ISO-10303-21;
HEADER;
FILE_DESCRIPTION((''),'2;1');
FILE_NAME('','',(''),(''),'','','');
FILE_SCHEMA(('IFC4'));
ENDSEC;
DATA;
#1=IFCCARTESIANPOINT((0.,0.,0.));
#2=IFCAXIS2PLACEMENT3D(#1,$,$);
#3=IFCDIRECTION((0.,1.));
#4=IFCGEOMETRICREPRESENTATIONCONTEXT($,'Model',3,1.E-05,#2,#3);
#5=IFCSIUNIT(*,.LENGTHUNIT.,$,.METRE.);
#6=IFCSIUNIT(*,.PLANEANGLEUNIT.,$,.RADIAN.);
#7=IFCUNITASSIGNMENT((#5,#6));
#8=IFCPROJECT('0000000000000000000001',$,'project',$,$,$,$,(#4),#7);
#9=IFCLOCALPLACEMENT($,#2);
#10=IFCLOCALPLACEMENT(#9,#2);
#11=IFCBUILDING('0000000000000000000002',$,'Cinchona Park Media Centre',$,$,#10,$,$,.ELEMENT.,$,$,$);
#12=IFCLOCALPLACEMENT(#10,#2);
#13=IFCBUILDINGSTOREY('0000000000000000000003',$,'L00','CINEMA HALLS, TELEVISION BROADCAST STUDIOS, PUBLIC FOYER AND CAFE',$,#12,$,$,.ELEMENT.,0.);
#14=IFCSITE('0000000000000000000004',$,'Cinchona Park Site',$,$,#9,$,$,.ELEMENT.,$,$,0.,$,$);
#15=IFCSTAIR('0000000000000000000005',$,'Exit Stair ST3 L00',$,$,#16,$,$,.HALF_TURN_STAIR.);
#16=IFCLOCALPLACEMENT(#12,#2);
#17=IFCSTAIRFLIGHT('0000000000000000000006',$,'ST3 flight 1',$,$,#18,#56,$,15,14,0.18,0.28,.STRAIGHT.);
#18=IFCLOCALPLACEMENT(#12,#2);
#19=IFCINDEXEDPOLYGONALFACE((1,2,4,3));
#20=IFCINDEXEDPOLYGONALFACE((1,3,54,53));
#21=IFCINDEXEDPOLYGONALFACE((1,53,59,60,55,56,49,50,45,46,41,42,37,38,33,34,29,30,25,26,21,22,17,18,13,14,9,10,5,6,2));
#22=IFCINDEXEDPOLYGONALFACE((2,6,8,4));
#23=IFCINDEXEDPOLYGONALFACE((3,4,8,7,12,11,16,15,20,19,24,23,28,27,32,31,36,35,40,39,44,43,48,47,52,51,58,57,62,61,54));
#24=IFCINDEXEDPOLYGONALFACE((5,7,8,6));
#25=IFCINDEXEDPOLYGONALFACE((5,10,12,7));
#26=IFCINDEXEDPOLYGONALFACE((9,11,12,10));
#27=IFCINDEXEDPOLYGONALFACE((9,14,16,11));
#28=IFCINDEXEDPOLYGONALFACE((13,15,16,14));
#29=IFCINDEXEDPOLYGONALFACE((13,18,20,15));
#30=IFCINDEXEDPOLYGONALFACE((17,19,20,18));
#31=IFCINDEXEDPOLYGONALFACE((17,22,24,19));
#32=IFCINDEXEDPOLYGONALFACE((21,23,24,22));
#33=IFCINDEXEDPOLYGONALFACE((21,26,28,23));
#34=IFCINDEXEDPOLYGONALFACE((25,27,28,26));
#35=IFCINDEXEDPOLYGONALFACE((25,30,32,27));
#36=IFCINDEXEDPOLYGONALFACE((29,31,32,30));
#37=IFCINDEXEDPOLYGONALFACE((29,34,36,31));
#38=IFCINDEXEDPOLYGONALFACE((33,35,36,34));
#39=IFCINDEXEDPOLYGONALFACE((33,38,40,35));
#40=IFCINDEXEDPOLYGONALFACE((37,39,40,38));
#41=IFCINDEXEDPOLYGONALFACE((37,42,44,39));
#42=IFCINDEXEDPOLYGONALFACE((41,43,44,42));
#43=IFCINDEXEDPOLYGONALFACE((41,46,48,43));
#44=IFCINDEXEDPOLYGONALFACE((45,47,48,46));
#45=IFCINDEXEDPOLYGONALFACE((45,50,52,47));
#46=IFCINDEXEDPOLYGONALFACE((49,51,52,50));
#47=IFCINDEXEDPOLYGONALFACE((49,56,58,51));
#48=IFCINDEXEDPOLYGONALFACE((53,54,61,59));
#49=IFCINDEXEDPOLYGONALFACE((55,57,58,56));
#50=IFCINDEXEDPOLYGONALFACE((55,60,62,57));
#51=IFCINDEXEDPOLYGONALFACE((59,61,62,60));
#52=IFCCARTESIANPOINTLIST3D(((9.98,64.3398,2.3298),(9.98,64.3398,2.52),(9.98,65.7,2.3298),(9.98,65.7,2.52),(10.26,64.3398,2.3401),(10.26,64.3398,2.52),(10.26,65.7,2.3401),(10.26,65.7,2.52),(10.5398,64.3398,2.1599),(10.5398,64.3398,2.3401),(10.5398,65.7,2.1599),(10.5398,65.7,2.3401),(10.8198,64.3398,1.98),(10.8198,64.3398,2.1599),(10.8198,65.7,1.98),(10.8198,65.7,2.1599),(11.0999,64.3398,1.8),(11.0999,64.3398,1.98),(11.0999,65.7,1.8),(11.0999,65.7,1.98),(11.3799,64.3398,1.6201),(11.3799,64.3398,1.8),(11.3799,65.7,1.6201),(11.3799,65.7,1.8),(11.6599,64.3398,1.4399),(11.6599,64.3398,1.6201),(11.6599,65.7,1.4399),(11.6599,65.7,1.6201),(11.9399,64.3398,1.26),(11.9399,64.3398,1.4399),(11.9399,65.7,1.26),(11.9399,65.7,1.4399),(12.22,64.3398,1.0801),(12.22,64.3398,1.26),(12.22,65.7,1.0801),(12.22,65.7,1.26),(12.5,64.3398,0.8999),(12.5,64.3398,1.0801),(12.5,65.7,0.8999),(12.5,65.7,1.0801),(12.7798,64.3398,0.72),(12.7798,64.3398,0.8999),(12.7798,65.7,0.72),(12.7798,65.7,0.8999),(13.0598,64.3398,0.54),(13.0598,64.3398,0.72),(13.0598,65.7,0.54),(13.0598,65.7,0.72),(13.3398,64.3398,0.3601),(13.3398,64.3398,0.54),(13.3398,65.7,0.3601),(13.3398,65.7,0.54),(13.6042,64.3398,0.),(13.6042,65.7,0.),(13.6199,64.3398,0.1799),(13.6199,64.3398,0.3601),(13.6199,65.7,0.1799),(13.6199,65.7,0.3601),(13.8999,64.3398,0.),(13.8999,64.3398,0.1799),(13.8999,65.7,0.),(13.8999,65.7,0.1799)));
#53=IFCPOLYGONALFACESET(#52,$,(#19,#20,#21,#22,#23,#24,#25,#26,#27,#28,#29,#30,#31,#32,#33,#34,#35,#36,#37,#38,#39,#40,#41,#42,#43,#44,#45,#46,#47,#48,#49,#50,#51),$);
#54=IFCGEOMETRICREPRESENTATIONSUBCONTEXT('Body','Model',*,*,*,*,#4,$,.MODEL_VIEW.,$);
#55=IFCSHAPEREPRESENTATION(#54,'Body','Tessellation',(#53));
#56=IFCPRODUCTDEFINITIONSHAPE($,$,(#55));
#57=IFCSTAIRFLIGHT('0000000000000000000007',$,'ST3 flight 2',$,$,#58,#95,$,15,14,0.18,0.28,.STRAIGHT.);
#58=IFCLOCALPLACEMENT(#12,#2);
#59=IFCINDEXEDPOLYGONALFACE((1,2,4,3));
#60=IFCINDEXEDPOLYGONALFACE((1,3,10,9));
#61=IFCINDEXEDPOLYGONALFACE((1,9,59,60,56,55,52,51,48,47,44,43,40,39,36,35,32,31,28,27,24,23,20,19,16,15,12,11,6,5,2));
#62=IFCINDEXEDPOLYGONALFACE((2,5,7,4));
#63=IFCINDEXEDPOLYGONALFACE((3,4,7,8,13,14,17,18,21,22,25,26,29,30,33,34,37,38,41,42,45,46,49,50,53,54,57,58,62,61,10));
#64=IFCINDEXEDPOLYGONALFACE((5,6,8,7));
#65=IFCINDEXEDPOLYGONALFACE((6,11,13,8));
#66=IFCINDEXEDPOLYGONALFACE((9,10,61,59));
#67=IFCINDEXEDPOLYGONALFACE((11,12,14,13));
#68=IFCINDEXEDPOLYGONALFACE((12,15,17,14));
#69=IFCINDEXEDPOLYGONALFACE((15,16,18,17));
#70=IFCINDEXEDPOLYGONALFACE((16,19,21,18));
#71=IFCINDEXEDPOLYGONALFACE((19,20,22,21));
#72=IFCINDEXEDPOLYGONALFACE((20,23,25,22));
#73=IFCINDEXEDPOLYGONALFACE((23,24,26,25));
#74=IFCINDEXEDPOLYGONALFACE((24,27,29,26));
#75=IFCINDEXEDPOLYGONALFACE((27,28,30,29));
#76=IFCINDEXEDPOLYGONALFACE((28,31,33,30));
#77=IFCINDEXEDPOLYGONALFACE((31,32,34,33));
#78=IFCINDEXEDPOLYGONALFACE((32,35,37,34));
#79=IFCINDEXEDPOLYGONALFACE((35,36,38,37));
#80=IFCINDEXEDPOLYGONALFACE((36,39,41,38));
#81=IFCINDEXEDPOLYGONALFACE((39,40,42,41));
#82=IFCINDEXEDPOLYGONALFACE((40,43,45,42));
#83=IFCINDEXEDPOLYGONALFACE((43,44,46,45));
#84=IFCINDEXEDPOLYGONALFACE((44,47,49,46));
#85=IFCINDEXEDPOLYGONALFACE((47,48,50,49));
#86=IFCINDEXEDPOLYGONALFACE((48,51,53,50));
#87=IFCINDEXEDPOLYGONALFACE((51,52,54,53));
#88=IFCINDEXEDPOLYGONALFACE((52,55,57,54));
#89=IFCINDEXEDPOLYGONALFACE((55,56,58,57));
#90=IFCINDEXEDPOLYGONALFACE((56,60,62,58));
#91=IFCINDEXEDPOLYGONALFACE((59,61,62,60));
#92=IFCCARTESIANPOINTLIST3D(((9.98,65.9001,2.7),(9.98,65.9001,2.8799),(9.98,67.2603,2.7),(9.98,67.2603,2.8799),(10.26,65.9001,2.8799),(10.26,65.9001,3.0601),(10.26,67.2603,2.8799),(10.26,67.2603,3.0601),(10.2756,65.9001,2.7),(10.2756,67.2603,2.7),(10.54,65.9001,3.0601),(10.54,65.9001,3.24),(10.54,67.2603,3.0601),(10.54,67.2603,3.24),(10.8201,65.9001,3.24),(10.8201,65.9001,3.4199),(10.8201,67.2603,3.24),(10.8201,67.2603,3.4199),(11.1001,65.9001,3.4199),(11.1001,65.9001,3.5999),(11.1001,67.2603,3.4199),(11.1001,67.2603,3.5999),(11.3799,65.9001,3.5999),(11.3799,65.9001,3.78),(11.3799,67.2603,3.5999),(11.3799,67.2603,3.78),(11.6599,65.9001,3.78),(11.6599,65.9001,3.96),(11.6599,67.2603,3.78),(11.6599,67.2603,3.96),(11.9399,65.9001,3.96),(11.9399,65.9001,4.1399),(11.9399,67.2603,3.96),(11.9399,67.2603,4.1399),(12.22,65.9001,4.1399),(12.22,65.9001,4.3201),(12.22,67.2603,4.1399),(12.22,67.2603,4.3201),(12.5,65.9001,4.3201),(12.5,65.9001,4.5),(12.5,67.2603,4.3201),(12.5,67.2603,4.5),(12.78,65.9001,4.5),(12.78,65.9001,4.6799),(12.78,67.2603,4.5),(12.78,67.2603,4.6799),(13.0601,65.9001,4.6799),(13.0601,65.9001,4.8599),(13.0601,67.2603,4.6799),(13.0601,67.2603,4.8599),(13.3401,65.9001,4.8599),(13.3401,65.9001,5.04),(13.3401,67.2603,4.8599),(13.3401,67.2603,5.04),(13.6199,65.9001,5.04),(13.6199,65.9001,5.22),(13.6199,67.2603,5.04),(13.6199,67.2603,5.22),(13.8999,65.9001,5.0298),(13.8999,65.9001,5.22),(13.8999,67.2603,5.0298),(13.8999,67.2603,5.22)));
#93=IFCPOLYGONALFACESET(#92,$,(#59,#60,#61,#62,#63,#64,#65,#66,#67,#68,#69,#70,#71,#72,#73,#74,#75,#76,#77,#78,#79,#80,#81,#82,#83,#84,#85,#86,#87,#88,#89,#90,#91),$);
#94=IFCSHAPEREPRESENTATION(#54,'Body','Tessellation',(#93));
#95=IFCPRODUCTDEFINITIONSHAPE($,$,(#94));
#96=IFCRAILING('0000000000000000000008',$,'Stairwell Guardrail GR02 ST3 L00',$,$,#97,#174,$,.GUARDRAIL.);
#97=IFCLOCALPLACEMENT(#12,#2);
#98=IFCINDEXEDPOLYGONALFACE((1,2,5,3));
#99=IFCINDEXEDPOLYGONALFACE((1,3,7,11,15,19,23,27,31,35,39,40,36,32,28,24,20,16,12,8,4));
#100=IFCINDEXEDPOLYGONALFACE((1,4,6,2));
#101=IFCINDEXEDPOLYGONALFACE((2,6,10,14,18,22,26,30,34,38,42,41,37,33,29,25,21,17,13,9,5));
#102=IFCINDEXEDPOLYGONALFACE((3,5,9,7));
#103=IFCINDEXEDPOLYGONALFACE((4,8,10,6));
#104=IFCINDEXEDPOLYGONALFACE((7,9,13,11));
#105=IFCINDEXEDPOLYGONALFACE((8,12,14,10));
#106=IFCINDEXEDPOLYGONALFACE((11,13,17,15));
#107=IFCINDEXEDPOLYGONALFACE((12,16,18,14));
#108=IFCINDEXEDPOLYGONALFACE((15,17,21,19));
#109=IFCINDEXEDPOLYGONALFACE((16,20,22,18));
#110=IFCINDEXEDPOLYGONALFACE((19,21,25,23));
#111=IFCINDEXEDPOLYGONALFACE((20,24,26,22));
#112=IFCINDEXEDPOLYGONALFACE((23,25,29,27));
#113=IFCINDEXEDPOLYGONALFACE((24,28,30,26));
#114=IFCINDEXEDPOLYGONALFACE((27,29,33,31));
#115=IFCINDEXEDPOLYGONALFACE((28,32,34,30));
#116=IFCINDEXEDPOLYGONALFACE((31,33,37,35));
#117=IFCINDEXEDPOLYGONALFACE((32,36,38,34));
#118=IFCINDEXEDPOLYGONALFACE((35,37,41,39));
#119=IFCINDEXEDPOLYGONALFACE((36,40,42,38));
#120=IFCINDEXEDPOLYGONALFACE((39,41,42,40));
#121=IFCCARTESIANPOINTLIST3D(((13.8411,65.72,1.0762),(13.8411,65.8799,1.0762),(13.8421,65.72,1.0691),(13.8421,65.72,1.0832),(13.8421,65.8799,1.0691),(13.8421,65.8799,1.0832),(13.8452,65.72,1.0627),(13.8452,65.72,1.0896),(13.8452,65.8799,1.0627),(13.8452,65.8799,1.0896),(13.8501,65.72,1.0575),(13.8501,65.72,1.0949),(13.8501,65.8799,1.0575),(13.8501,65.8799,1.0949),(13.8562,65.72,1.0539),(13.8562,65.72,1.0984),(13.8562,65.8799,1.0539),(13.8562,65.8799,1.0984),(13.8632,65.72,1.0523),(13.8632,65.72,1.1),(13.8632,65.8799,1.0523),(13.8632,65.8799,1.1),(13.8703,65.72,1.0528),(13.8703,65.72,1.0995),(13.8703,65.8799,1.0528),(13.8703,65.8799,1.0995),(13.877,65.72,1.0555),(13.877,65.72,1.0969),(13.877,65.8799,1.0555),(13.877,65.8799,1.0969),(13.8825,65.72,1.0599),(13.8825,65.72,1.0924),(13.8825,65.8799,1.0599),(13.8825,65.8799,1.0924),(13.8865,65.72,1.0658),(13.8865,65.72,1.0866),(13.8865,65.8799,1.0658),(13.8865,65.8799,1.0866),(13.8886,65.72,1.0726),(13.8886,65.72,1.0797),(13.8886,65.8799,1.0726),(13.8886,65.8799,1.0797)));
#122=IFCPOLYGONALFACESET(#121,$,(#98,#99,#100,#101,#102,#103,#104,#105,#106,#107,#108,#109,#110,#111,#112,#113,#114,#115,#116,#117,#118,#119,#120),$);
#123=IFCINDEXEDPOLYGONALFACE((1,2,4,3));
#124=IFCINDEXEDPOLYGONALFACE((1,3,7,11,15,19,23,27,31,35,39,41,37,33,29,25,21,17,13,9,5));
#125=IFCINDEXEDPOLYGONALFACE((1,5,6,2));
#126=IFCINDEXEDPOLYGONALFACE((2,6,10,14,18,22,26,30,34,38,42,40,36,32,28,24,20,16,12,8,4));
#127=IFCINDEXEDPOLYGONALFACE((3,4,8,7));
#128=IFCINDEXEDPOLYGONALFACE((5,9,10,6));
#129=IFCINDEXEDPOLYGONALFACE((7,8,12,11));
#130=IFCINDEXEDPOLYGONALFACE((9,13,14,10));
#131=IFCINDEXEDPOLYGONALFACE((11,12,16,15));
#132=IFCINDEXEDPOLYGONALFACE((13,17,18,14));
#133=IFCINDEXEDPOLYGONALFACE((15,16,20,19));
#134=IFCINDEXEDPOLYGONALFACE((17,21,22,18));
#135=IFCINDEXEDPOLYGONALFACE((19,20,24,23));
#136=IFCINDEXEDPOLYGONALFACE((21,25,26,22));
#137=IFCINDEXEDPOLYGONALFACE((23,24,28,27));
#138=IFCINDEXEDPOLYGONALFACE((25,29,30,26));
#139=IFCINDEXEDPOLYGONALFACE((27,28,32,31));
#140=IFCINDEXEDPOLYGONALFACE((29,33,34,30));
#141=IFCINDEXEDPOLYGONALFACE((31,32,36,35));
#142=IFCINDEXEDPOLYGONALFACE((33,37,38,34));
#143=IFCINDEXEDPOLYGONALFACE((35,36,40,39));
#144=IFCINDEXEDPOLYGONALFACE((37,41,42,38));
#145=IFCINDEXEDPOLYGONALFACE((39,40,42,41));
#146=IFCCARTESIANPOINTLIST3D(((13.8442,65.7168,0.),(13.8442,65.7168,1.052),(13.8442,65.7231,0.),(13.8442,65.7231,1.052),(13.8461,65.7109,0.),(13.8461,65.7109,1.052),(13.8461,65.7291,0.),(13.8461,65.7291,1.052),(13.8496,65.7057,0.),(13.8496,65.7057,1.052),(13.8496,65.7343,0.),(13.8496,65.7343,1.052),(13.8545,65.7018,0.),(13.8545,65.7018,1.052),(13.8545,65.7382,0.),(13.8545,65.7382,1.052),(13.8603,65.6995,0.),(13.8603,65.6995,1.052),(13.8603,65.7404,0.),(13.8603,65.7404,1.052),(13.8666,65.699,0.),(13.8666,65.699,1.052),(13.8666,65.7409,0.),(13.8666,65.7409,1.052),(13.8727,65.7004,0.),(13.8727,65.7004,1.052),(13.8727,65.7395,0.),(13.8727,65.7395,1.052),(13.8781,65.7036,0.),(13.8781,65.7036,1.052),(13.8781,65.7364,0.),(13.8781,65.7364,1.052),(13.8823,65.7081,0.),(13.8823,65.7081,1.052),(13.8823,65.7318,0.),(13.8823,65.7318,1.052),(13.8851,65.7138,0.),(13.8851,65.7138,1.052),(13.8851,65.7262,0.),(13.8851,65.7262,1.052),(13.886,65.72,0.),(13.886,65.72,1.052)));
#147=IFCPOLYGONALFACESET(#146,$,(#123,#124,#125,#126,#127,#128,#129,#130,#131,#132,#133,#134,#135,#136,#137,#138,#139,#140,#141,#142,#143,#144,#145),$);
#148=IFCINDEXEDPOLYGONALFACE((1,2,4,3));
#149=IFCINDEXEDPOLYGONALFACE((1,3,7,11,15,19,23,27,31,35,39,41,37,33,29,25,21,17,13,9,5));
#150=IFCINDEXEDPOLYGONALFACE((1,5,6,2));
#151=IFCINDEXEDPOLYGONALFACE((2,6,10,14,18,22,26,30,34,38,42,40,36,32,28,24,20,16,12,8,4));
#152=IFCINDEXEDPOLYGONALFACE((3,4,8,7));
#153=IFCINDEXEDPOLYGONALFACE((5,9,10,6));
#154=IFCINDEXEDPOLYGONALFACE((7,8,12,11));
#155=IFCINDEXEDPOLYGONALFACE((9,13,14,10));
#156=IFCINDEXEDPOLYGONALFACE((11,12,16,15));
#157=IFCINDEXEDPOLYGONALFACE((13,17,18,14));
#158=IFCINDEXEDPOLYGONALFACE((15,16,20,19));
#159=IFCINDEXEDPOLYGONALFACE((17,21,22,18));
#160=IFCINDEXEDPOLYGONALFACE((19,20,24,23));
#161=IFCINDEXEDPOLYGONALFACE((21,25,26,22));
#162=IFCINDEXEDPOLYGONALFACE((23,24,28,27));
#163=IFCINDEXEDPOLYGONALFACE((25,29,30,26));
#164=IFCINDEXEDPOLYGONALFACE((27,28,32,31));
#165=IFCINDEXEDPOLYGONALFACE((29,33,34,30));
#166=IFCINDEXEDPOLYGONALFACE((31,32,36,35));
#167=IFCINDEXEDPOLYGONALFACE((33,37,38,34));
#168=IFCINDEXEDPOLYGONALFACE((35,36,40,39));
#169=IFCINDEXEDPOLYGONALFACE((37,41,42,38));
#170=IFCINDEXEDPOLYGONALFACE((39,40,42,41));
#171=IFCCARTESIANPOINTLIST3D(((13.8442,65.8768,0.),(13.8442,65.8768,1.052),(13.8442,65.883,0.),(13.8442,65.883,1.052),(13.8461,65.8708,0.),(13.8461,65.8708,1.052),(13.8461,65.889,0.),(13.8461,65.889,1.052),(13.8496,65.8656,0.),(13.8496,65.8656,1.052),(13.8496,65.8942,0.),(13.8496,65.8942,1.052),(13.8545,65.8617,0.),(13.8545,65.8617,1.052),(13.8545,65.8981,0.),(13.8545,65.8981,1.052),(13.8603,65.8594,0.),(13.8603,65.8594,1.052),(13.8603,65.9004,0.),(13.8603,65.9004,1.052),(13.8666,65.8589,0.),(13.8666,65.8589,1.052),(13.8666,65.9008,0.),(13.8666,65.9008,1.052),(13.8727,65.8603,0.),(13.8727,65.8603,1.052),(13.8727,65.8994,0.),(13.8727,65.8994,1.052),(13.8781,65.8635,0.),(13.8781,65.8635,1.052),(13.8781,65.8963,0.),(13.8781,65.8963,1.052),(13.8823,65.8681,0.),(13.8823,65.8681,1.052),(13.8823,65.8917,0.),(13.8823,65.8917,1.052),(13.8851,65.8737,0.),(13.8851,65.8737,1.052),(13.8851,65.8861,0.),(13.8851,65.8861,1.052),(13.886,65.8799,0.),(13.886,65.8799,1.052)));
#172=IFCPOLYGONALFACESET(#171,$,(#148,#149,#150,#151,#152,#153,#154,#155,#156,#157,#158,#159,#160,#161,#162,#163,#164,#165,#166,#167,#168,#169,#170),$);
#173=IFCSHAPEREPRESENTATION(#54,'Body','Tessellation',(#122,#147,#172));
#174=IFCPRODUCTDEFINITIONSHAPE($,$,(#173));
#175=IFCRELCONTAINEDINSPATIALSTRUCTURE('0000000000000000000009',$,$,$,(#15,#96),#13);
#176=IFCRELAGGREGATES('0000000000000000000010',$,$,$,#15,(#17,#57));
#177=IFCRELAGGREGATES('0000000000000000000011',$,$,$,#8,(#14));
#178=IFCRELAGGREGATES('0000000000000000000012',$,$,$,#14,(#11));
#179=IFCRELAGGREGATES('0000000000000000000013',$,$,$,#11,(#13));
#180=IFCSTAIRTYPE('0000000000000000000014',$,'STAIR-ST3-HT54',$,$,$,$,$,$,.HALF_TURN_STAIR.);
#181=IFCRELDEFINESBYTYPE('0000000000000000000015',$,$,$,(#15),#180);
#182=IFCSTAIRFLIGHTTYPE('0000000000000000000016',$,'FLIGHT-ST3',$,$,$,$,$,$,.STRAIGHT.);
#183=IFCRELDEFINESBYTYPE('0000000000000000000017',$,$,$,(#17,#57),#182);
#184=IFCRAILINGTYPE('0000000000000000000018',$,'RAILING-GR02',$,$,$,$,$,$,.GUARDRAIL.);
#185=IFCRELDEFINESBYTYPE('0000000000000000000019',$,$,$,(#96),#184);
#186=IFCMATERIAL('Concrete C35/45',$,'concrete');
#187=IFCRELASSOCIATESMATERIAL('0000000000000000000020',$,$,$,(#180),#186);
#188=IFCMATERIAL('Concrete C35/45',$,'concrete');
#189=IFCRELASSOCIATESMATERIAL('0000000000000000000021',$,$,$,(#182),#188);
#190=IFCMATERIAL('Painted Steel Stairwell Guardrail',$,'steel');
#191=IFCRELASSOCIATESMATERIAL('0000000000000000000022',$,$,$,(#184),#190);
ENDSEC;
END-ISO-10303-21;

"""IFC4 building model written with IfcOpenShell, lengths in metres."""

from ifc_helpers import new_model, si_unit, direction, frame, origin, origin_2d, place, context, subcontext, project, spatial, polyline, circle, outline, extrude, material, type_object, element, aggregate, save


model = new_model("IFC4")

# Units and contexts
model_context = context("Model", 3, precision=1e-05, world=origin(), true_north=direction((0.0, 1.0)))
body_context = subcontext(model_context, "Body", "Model", "MODEL_VIEW")
ifc_project = project(units=[si_unit("LENGTHUNIT", "METRE"), si_unit("PLANEANGLEUNIT", "RADIAN")], contexts=[model_context])

# Site, building, storey
site_placement = place(None, origin())
site = spatial("IfcSite", under=ifc_project, at=site_placement, Name="Cinchona Park Site", CompositionType="ELEMENT", RefElevation=0.0)
building_placement = place(site_placement, origin())
building = spatial("IfcBuilding", under=site, at=building_placement, Name="Cinchona Park Media Centre", CompositionType="ELEMENT")
storey_placement = place(building_placement, origin())
storey = spatial("IfcBuildingStorey", under=building, at=storey_placement, Name="L00", Description="CINEMA HALLS, TELEVISION BROADCAST STUDIOS, PUBLIC FOYER AND CAFE", CompositionType="ELEMENT", Elevation=0.0)

# Stair, stair flights
ifc_material_1 = material(Name="Concrete C35/45", Category="concrete")
stair_type = type_object("IfcStairType", Name="STAIR-ST3-HT54", PredefinedType="HALF_TURN_STAIR", material=ifc_material_1)
stair_placement = place(storey_placement, origin())
stair = element("IfcStair", 1, at=stair_placement, inside=storey, type_object=stair_type, Name="Exit Stair ST3 L00", PredefinedType="HALF_TURN_STAIR")
ifc_material_2 = material(Name="Concrete C35/45", Category="concrete")
stair_flight_type = type_object("IfcStairFlightType", Name="FLIGHT-ST3", PredefinedType="STRAIGHT", material=ifc_material_2)
stair_flight_1_placement = place(storey_placement, frame((13.8999, 65.02, 0.0), z_axis=(0.0, 0.0, 1.0), x_axis=(-1.0, 0.0, 0.0)))
stair_flight_1 = element("IfcStairFlight", 2, at=stair_flight_1_placement, type_object=stair_flight_type, Name="ST3 flight 1", NumberOfRisers=15, NumberOfTreads=14, PredefinedType="STRAIGHT", RiserHeight=0.18, TreadLength=0.28, context=body_context, shape_type="SweptSolid", body=[
    extrude(outline(polyline([(0.0, 0.0), (0.0, 0.1799), (0.28, 0.1799), (0.28, 0.3601), (0.5601, 0.3601), (0.5601, 0.54), (0.8401, 0.54), (0.8401, 0.72), (1.1201, 0.72), (1.1201, 0.8999), (1.3999, 0.8999), (1.3999, 1.0801), (1.6799, 1.0801), (1.6799, 1.26), (1.96, 1.26), (1.96, 1.4399), (2.24, 1.4399), (2.24, 1.6201), (2.52, 1.6201), (2.52, 1.8), (2.8, 1.8), (2.8, 1.98), (3.0801, 1.98), (3.0801, 2.1599), (3.3601, 2.1599), (3.3601, 2.3401), (3.6399, 2.3401), (3.6399, 2.52), (3.9199, 2.52), (3.9199, 2.7), (3.9199, 2.3298), (0.2957, 0.0), (0.0, 0.0)])), frame((0.0, 0.6802, 0.0), z_axis=(0.0, -1.0, 0.0), x_axis=(1.0, 0.0, 0.0)), (0.0, 0.0, 1.0), 1.3601),
])
stair_flight_2_placement = place(storey_placement, frame((9.98, 66.5801, 2.7), z_axis=(0.0, 0.0, 1.0), x_axis=(1.0, 0.0, 0.0)))
stair_flight_2 = element("IfcStairFlight", 3, at=stair_flight_2_placement, type_object=stair_flight_type, Name="ST3 flight 2", NumberOfRisers=15, NumberOfTreads=14, PredefinedType="STRAIGHT", RiserHeight=0.18, TreadLength=0.28, context=body_context, shape_type="SweptSolid", body=[
    extrude(outline(polyline([(0.0, 0.0), (0.0, 0.1799), (0.28, 0.1799), (0.28, 0.3601), (0.5601, 0.3601), (0.5601, 0.54), (0.8401, 0.54), (0.8401, 0.72), (1.1201, 0.72), (1.1201, 0.8999), (1.3999, 0.8999), (1.3999, 1.0801), (1.6799, 1.0801), (1.6799, 1.26), (1.96, 1.26), (1.96, 1.4399), (2.24, 1.4399), (2.24, 1.6201), (2.52, 1.6201), (2.52, 1.8), (2.8, 1.8), (2.8, 1.98), (3.0801, 1.98), (3.0801, 2.1599), (3.3601, 2.1599), (3.3601, 2.3401), (3.6399, 2.3401), (3.6399, 2.52), (3.9199, 2.52), (3.9199, 2.7), (3.9199, 2.3298), (0.2957, 0.0), (0.0, 0.0)])), frame((0.0, 0.6802, 0.0), z_axis=(0.0, -1.0, 0.0), x_axis=(1.0, 0.0, 0.0)), (0.0, 0.0, 1.0), 1.3601),
])
aggregate(stair, [stair_flight_1, stair_flight_2])

# Railing
ifc_material_3 = material(Name="Painted Steel Stairwell Guardrail", Category="steel")
railing_type_1 = type_object("IfcRailingType", Name="RAILING-GR02", PredefinedType="GUARDRAIL", material=ifc_material_3)
for number, where, name in (
    (4, (13.865, 65.72, 0.0), "Stairwell Guardrail GR02 ST3 L00"),
):
    element("IfcRailing", number, at=place(storey_placement, frame(where)), inside=storey, type_object=railing_type_1, Name=name, PredefinedType="GUARDRAIL", context=body_context, shape_type="SweptSolid", body=[
        extrude(circle(Radius=0.0239, at=origin_2d()), frame((0.0, 0.0, 1.0762), z_axis=(0.0, 1.0, 0.0), x_axis=(-1.0, 0.0, 0.0)), (0.0, 0.0, 1.0), 0.1599),
        extrude(circle(Radius=0.021, at=origin_2d()), origin(), (0.0, 0.0, 1.0), 1.052),
        extrude(circle(Radius=0.021, at=origin_2d()), frame((0.0, 0.1599, 0.0)), (0.0, 0.0, 1.0), 1.052),
    ])

save(model, "model.ifc")
